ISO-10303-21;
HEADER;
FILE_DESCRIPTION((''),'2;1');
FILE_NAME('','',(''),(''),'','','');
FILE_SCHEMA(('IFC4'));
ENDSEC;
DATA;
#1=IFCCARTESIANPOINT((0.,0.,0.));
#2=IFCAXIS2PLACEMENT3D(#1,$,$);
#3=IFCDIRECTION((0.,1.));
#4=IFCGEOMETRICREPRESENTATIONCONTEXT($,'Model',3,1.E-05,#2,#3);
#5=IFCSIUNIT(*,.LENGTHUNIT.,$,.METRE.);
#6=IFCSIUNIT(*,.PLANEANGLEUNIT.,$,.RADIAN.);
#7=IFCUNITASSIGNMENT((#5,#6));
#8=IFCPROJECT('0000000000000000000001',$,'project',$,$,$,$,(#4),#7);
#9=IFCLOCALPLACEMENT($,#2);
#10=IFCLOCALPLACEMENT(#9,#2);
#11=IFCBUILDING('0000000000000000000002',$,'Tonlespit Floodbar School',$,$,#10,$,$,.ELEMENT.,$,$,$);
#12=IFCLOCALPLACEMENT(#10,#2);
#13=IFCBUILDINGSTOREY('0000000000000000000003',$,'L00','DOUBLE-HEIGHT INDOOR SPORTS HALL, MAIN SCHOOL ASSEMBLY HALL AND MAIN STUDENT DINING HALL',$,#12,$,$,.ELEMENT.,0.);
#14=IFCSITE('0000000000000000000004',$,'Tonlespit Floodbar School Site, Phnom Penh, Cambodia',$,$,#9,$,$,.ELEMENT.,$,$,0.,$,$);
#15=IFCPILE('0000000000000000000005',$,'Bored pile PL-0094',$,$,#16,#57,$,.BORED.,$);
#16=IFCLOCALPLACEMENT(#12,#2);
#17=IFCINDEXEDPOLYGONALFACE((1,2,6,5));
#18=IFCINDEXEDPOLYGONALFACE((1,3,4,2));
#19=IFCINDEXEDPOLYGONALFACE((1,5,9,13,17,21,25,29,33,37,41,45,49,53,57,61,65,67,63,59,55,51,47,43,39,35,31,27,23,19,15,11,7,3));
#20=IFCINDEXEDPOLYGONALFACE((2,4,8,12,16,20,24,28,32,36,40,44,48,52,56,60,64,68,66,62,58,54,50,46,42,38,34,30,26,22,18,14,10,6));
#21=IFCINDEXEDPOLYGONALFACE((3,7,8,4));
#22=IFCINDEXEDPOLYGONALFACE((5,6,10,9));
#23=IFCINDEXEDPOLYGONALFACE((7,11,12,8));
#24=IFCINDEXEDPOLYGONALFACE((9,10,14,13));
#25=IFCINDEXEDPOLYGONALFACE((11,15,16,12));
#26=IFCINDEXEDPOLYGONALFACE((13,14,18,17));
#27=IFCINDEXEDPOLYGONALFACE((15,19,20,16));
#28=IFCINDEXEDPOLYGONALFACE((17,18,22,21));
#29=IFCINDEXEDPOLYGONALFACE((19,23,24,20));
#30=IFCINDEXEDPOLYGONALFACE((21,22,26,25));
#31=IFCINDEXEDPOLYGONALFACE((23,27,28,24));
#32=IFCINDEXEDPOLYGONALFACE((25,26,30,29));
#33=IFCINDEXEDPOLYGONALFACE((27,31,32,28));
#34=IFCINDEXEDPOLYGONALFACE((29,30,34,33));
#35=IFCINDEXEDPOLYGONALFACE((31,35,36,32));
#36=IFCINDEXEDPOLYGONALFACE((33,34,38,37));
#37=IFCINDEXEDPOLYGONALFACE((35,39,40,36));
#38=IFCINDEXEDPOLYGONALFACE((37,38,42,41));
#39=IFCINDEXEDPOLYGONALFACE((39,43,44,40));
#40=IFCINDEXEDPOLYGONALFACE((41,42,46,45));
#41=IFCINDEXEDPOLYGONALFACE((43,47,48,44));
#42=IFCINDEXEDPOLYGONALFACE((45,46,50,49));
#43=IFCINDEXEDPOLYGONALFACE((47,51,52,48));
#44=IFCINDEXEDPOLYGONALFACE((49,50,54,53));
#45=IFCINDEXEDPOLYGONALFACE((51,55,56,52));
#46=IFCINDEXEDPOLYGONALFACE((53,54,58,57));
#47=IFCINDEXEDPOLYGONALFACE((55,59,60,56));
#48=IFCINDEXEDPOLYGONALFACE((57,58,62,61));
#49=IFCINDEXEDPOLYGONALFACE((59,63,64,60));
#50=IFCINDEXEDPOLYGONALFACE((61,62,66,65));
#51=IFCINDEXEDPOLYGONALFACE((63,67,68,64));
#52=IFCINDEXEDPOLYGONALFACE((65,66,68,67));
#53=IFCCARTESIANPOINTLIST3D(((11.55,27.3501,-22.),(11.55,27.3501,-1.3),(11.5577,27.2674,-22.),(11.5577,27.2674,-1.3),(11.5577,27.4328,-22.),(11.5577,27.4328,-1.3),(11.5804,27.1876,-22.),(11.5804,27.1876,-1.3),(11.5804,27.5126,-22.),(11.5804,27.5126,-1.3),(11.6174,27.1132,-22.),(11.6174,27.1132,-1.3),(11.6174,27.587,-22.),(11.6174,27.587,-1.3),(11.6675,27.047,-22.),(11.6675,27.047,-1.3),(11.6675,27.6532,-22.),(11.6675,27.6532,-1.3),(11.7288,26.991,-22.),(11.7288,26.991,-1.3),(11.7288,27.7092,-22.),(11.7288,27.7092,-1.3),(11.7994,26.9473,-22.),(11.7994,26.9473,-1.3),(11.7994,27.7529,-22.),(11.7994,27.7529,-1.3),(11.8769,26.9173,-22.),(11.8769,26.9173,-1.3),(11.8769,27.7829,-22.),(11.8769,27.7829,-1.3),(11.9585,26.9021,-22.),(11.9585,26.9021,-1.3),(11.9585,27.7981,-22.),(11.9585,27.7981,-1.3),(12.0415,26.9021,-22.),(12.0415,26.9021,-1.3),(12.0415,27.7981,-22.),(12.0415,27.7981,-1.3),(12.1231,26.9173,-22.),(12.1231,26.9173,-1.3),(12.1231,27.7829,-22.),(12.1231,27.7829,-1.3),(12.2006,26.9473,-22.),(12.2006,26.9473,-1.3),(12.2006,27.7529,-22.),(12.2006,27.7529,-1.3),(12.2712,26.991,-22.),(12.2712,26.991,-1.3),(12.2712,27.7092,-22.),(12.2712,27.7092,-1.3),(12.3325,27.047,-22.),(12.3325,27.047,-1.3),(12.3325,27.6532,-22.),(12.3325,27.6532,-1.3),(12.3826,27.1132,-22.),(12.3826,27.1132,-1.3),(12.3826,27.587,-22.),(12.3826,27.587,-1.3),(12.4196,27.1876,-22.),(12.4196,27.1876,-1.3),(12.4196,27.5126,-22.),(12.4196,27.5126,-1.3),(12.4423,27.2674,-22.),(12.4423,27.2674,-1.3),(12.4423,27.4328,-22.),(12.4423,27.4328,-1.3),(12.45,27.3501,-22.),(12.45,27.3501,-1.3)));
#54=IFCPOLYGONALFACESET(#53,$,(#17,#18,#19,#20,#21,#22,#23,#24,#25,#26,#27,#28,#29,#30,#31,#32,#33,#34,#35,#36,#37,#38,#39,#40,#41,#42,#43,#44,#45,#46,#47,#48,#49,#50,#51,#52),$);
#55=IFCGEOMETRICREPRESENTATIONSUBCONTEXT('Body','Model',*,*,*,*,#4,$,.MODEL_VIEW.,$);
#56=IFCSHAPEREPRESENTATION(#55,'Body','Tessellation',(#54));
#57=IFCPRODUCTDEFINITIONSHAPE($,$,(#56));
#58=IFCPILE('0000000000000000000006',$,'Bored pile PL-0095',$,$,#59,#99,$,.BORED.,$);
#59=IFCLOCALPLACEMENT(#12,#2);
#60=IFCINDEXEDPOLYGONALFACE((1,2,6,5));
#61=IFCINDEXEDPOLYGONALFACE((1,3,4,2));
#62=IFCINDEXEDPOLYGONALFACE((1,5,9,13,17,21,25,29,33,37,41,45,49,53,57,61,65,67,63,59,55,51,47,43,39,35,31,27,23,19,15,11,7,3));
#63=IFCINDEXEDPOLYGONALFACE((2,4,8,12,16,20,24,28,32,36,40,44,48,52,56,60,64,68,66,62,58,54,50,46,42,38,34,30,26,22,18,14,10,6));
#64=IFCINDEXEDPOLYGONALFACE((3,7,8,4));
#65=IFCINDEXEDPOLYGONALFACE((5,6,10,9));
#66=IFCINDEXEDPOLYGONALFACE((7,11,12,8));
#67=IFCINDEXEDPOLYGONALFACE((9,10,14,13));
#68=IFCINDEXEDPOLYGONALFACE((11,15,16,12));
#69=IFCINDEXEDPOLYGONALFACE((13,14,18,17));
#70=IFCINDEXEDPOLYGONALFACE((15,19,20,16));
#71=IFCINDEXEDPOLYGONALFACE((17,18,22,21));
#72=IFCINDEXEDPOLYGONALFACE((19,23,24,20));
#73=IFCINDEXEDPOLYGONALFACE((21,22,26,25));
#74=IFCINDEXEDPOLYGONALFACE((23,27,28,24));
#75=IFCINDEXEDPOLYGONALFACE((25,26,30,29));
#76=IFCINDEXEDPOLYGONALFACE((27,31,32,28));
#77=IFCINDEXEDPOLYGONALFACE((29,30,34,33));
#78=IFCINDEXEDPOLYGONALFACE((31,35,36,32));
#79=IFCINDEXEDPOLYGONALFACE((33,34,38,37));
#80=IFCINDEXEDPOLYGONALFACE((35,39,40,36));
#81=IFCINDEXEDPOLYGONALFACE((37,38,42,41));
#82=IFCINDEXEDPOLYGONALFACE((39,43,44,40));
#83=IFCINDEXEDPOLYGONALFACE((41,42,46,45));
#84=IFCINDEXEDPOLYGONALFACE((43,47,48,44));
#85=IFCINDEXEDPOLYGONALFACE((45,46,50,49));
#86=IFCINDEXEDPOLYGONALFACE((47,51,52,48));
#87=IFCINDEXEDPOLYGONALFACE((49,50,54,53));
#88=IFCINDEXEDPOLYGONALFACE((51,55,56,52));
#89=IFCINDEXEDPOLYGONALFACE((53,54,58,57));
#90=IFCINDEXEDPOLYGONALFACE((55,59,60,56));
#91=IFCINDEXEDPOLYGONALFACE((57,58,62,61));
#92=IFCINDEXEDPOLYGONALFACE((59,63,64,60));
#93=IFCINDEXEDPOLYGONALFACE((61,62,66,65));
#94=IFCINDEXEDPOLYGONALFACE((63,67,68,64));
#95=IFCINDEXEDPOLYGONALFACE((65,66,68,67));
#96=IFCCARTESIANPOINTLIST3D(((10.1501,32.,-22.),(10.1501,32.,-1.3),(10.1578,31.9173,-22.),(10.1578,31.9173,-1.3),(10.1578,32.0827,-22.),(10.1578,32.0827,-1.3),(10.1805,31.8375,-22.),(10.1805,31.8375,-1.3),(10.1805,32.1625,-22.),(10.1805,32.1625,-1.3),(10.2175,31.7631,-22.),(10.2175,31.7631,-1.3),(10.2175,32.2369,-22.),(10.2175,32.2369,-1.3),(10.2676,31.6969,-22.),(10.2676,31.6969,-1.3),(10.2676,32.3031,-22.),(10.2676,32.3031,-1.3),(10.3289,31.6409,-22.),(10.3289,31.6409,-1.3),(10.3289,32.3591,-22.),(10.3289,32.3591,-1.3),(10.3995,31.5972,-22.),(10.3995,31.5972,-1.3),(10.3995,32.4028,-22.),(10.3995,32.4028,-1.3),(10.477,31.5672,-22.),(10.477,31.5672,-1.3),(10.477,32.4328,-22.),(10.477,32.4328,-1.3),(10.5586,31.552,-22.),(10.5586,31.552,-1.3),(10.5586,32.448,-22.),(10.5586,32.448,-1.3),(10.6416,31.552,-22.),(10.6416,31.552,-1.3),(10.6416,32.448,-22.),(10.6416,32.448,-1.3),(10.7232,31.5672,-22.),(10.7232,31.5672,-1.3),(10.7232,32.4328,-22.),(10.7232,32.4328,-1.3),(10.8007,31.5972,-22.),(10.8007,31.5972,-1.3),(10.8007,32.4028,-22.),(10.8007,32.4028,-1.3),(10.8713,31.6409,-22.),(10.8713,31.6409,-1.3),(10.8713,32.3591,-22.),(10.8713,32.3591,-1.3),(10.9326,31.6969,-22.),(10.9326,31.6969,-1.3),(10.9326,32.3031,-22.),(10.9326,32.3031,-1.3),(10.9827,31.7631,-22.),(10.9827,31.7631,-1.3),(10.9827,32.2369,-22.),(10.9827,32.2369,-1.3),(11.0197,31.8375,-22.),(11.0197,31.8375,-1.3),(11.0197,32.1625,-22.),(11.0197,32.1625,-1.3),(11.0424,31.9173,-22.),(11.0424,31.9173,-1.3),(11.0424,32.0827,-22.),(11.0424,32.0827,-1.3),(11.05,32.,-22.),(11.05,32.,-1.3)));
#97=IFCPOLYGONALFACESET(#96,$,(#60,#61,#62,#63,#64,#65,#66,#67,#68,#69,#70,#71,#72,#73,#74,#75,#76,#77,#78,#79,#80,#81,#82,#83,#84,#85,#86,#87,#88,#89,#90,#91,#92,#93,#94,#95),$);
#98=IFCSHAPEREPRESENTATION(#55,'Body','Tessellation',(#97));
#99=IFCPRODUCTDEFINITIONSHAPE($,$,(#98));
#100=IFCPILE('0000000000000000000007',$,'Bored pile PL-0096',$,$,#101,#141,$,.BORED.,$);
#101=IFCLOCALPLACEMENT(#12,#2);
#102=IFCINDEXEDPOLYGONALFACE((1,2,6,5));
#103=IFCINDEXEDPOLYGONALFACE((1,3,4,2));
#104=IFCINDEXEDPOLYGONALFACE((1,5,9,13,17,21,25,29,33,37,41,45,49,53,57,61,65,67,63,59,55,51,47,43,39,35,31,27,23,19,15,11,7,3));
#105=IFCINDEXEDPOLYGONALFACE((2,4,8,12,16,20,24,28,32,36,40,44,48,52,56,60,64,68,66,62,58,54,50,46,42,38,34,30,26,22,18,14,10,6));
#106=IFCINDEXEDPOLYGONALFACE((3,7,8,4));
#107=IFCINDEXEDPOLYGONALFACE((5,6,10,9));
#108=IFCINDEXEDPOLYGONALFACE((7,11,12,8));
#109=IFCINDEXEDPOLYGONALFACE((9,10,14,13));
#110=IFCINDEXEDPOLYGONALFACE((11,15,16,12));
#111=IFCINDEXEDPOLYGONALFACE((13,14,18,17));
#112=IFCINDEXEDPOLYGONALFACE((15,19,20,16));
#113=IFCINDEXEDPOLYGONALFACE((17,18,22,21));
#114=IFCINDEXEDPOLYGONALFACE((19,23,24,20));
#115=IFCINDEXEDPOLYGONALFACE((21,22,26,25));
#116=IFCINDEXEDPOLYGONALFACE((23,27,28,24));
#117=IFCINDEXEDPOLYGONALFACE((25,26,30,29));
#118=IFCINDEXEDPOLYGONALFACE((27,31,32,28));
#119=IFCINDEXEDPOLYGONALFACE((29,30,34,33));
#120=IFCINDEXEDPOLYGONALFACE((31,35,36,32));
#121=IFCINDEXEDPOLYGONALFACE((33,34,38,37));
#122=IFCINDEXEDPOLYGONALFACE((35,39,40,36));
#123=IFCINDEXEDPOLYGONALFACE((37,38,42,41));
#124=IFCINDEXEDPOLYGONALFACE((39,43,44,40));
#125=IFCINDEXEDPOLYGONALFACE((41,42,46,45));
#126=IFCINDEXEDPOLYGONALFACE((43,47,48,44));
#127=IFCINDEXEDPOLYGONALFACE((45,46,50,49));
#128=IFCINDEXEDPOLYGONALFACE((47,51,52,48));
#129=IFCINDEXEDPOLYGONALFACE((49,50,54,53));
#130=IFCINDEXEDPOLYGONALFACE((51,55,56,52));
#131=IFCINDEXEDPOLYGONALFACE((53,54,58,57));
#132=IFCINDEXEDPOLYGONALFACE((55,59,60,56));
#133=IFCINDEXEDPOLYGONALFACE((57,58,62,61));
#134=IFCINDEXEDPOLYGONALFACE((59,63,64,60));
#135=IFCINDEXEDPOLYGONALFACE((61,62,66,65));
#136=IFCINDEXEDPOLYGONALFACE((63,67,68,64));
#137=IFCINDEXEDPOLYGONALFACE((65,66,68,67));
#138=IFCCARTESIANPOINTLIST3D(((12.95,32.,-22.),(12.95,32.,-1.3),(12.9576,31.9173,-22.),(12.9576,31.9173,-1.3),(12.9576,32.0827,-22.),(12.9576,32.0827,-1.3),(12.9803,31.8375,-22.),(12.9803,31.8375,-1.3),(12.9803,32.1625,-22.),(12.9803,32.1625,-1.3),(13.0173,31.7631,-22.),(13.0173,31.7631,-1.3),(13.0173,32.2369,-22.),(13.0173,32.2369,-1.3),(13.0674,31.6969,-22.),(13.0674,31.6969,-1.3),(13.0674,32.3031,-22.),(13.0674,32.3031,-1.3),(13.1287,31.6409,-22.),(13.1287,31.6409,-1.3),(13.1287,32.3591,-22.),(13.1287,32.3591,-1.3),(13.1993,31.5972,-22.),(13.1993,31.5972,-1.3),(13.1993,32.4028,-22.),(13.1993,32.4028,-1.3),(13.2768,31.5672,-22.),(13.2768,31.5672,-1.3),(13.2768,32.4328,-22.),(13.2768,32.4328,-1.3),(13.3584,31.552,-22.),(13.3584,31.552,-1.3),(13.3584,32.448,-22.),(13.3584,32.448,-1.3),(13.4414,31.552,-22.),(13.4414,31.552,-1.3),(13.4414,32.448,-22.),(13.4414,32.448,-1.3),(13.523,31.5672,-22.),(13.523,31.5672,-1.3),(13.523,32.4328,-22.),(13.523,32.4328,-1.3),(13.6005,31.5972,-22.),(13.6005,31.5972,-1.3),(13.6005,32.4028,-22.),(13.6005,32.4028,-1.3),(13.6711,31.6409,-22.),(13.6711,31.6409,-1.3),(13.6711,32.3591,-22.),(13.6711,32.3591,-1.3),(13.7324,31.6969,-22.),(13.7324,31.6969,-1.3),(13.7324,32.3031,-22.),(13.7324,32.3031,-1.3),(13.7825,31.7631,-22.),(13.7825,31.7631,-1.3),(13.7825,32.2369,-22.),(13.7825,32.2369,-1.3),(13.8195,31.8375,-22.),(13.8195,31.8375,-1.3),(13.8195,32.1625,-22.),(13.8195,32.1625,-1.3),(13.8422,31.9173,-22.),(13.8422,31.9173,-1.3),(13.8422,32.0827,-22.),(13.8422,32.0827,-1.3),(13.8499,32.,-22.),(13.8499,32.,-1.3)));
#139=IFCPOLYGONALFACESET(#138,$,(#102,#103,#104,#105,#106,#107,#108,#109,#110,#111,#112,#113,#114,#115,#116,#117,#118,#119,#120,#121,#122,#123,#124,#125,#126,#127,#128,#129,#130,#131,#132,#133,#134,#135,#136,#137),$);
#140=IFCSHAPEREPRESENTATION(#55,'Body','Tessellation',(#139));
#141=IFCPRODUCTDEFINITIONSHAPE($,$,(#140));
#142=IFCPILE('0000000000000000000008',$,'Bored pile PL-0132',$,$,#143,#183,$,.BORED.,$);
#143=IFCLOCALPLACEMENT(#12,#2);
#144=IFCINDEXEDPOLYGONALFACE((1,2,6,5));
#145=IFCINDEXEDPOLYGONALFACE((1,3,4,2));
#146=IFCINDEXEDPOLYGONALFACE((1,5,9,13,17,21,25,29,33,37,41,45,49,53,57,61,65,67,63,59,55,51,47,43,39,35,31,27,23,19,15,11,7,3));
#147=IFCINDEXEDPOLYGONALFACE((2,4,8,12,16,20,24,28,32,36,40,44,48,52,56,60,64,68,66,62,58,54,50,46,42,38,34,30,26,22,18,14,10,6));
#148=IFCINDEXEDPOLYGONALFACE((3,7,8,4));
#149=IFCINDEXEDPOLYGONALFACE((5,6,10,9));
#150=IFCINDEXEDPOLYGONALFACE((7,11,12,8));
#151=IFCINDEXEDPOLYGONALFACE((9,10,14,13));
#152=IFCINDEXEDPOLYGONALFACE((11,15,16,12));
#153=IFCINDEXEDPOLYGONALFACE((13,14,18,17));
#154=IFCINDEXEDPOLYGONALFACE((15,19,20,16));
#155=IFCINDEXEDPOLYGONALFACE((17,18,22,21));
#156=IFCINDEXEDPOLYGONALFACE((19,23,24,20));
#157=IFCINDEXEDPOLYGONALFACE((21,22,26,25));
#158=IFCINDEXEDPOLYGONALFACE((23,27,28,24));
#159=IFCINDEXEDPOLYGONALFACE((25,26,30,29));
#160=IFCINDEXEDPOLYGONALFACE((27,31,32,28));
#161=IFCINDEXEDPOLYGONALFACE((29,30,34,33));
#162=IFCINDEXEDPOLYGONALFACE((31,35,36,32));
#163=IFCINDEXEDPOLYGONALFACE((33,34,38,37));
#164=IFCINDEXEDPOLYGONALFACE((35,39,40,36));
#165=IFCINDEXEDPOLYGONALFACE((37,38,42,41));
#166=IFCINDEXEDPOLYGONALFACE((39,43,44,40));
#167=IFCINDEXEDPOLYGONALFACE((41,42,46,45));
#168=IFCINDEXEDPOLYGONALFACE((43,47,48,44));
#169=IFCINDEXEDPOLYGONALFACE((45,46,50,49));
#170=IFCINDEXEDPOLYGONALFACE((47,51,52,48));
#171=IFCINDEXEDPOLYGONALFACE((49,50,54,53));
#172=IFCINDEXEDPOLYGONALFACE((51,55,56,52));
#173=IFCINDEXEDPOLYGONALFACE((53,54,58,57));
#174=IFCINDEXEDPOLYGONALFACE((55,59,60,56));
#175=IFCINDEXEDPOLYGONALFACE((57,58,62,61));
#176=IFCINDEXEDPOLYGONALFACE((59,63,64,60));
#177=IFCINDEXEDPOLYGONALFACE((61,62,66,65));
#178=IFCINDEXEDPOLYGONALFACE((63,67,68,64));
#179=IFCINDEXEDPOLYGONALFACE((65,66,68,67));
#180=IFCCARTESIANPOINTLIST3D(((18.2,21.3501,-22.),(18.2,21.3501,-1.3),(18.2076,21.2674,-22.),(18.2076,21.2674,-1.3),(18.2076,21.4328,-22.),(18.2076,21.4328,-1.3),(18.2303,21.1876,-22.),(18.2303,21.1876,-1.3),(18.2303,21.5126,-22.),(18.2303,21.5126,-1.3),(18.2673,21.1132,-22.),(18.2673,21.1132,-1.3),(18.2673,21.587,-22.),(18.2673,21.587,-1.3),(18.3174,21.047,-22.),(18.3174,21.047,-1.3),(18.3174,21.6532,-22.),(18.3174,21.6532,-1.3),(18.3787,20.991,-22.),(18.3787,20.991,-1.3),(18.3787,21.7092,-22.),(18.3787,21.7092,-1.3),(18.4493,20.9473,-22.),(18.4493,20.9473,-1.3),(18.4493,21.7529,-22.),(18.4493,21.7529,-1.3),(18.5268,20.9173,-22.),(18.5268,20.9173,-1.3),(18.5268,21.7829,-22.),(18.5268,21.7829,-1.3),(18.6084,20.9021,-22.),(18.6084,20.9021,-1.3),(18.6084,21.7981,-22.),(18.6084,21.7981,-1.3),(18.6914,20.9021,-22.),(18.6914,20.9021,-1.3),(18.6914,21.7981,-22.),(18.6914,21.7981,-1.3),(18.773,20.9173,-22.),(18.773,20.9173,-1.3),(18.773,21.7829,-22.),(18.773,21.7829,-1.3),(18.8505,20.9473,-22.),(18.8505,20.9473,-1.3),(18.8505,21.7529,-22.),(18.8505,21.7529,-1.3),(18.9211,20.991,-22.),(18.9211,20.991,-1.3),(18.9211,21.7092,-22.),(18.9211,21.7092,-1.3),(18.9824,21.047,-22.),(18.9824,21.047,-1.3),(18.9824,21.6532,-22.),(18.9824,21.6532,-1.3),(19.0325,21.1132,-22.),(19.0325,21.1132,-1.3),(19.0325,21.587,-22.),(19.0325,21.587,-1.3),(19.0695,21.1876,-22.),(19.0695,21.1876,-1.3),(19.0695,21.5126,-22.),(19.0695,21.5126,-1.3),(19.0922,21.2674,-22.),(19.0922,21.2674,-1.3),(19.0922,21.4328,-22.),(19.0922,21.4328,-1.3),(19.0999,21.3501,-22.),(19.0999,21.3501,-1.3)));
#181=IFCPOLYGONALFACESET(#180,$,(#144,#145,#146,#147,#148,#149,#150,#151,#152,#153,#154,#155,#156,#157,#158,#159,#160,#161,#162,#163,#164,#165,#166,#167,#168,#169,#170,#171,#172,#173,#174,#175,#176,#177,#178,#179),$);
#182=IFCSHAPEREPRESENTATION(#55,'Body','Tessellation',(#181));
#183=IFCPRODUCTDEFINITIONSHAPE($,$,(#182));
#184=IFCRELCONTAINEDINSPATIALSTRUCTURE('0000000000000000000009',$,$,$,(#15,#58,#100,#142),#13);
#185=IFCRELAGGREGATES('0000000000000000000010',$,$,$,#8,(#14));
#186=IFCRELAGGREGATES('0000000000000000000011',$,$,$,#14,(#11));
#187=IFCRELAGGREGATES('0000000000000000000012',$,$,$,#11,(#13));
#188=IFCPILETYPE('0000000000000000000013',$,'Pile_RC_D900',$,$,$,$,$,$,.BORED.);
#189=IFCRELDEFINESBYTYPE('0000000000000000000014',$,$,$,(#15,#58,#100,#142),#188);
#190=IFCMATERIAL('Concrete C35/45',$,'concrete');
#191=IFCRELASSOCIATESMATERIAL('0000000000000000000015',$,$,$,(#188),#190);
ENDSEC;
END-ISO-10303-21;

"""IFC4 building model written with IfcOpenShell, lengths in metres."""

from ifc_helpers import new_model, si_unit, direction, frame, origin, origin_2d, place, context, subcontext, project, spatial, circle, extrude, material, material_profile, profile_set, type_object, element, save


model = new_model("IFC4")

# Units and contexts
model_context = context("Model", 3, precision=1e-05, world=origin(), true_north=direction((0.0, 1.0)))
body_context = subcontext(model_context, "Body", "Model", "MODEL_VIEW")
ifc_project = project(units=[si_unit("LENGTHUNIT", "METRE"), si_unit("PLANEANGLEUNIT", "RADIAN")], contexts=[model_context])

# Site, building, storey
site_placement = place(None, origin())
site = spatial("IfcSite", under=ifc_project, at=site_placement, Name="Tonlespit Floodbar School Site, Phnom Penh, Cambodia", CompositionType="ELEMENT", RefElevation=0.0)
building_placement = place(site_placement, origin())
building = spatial("IfcBuilding", under=site, at=building_placement, Name="Tonlespit Floodbar School", CompositionType="ELEMENT")
storey_placement = place(building_placement, origin())
storey = spatial("IfcBuildingStorey", under=building, at=storey_placement, Name="L00", Description="DOUBLE-HEIGHT INDOOR SPORTS HALL, MAIN SCHOOL ASSEMBLY HALL AND MAIN STUDENT DINING HALL", CompositionType="ELEMENT", Elevation=0.0)

# Piles
ifc_material_1 = material(Name="Concrete C35/45", Category="concrete")
ifc_material_profile_1 = material_profile(ifc_material_1, circle(Radius=0.45, at=origin_2d()), Name="BP D900")
ifc_profile_set_1 = profile_set([ifc_material_profile_1], Name="Concrete C35/45")
pile_type = type_object("IfcPileType", Name="Pile_RC_D900", PredefinedType="BORED", material=ifc_profile_set_1)
for number, where, z_axis, x_axis, name in (
    (1, (12.0, 27.3501, -1.3), (0.0, 0.0, -1.0), (1.0, 0.0, 0.0), "Bored pile PL-0094"),
    (2, (10.6001, 32.0, -1.3), (0.0, 0.0, -1.0), (1.0, 0.0, 0.0), "Bored pile PL-0095"),
    (3, (13.3999, 32.0, -1.3), (0.0, 0.0, -1.0), (1.0, 0.0, 0.0), "Bored pile PL-0096"),
    (4, (18.6499, 21.3501, -1.3), (0.0, 0.0, -1.0), (1.0, 0.0, 0.0), "Bored pile PL-0132"),
):
    element("IfcPile", number, at=place(storey_placement, frame(where, z_axis=z_axis, x_axis=x_axis)), inside=storey, type_object=pile_type, Name=name, PredefinedType="BORED", context=body_context, shape_type="SweptSolid", body=[
        extrude(circle(Radius=0.45, at=origin_2d()), origin(), (0.0, 0.0, 1.0), 20.7),
    ])

save(model, "model.ifc")
